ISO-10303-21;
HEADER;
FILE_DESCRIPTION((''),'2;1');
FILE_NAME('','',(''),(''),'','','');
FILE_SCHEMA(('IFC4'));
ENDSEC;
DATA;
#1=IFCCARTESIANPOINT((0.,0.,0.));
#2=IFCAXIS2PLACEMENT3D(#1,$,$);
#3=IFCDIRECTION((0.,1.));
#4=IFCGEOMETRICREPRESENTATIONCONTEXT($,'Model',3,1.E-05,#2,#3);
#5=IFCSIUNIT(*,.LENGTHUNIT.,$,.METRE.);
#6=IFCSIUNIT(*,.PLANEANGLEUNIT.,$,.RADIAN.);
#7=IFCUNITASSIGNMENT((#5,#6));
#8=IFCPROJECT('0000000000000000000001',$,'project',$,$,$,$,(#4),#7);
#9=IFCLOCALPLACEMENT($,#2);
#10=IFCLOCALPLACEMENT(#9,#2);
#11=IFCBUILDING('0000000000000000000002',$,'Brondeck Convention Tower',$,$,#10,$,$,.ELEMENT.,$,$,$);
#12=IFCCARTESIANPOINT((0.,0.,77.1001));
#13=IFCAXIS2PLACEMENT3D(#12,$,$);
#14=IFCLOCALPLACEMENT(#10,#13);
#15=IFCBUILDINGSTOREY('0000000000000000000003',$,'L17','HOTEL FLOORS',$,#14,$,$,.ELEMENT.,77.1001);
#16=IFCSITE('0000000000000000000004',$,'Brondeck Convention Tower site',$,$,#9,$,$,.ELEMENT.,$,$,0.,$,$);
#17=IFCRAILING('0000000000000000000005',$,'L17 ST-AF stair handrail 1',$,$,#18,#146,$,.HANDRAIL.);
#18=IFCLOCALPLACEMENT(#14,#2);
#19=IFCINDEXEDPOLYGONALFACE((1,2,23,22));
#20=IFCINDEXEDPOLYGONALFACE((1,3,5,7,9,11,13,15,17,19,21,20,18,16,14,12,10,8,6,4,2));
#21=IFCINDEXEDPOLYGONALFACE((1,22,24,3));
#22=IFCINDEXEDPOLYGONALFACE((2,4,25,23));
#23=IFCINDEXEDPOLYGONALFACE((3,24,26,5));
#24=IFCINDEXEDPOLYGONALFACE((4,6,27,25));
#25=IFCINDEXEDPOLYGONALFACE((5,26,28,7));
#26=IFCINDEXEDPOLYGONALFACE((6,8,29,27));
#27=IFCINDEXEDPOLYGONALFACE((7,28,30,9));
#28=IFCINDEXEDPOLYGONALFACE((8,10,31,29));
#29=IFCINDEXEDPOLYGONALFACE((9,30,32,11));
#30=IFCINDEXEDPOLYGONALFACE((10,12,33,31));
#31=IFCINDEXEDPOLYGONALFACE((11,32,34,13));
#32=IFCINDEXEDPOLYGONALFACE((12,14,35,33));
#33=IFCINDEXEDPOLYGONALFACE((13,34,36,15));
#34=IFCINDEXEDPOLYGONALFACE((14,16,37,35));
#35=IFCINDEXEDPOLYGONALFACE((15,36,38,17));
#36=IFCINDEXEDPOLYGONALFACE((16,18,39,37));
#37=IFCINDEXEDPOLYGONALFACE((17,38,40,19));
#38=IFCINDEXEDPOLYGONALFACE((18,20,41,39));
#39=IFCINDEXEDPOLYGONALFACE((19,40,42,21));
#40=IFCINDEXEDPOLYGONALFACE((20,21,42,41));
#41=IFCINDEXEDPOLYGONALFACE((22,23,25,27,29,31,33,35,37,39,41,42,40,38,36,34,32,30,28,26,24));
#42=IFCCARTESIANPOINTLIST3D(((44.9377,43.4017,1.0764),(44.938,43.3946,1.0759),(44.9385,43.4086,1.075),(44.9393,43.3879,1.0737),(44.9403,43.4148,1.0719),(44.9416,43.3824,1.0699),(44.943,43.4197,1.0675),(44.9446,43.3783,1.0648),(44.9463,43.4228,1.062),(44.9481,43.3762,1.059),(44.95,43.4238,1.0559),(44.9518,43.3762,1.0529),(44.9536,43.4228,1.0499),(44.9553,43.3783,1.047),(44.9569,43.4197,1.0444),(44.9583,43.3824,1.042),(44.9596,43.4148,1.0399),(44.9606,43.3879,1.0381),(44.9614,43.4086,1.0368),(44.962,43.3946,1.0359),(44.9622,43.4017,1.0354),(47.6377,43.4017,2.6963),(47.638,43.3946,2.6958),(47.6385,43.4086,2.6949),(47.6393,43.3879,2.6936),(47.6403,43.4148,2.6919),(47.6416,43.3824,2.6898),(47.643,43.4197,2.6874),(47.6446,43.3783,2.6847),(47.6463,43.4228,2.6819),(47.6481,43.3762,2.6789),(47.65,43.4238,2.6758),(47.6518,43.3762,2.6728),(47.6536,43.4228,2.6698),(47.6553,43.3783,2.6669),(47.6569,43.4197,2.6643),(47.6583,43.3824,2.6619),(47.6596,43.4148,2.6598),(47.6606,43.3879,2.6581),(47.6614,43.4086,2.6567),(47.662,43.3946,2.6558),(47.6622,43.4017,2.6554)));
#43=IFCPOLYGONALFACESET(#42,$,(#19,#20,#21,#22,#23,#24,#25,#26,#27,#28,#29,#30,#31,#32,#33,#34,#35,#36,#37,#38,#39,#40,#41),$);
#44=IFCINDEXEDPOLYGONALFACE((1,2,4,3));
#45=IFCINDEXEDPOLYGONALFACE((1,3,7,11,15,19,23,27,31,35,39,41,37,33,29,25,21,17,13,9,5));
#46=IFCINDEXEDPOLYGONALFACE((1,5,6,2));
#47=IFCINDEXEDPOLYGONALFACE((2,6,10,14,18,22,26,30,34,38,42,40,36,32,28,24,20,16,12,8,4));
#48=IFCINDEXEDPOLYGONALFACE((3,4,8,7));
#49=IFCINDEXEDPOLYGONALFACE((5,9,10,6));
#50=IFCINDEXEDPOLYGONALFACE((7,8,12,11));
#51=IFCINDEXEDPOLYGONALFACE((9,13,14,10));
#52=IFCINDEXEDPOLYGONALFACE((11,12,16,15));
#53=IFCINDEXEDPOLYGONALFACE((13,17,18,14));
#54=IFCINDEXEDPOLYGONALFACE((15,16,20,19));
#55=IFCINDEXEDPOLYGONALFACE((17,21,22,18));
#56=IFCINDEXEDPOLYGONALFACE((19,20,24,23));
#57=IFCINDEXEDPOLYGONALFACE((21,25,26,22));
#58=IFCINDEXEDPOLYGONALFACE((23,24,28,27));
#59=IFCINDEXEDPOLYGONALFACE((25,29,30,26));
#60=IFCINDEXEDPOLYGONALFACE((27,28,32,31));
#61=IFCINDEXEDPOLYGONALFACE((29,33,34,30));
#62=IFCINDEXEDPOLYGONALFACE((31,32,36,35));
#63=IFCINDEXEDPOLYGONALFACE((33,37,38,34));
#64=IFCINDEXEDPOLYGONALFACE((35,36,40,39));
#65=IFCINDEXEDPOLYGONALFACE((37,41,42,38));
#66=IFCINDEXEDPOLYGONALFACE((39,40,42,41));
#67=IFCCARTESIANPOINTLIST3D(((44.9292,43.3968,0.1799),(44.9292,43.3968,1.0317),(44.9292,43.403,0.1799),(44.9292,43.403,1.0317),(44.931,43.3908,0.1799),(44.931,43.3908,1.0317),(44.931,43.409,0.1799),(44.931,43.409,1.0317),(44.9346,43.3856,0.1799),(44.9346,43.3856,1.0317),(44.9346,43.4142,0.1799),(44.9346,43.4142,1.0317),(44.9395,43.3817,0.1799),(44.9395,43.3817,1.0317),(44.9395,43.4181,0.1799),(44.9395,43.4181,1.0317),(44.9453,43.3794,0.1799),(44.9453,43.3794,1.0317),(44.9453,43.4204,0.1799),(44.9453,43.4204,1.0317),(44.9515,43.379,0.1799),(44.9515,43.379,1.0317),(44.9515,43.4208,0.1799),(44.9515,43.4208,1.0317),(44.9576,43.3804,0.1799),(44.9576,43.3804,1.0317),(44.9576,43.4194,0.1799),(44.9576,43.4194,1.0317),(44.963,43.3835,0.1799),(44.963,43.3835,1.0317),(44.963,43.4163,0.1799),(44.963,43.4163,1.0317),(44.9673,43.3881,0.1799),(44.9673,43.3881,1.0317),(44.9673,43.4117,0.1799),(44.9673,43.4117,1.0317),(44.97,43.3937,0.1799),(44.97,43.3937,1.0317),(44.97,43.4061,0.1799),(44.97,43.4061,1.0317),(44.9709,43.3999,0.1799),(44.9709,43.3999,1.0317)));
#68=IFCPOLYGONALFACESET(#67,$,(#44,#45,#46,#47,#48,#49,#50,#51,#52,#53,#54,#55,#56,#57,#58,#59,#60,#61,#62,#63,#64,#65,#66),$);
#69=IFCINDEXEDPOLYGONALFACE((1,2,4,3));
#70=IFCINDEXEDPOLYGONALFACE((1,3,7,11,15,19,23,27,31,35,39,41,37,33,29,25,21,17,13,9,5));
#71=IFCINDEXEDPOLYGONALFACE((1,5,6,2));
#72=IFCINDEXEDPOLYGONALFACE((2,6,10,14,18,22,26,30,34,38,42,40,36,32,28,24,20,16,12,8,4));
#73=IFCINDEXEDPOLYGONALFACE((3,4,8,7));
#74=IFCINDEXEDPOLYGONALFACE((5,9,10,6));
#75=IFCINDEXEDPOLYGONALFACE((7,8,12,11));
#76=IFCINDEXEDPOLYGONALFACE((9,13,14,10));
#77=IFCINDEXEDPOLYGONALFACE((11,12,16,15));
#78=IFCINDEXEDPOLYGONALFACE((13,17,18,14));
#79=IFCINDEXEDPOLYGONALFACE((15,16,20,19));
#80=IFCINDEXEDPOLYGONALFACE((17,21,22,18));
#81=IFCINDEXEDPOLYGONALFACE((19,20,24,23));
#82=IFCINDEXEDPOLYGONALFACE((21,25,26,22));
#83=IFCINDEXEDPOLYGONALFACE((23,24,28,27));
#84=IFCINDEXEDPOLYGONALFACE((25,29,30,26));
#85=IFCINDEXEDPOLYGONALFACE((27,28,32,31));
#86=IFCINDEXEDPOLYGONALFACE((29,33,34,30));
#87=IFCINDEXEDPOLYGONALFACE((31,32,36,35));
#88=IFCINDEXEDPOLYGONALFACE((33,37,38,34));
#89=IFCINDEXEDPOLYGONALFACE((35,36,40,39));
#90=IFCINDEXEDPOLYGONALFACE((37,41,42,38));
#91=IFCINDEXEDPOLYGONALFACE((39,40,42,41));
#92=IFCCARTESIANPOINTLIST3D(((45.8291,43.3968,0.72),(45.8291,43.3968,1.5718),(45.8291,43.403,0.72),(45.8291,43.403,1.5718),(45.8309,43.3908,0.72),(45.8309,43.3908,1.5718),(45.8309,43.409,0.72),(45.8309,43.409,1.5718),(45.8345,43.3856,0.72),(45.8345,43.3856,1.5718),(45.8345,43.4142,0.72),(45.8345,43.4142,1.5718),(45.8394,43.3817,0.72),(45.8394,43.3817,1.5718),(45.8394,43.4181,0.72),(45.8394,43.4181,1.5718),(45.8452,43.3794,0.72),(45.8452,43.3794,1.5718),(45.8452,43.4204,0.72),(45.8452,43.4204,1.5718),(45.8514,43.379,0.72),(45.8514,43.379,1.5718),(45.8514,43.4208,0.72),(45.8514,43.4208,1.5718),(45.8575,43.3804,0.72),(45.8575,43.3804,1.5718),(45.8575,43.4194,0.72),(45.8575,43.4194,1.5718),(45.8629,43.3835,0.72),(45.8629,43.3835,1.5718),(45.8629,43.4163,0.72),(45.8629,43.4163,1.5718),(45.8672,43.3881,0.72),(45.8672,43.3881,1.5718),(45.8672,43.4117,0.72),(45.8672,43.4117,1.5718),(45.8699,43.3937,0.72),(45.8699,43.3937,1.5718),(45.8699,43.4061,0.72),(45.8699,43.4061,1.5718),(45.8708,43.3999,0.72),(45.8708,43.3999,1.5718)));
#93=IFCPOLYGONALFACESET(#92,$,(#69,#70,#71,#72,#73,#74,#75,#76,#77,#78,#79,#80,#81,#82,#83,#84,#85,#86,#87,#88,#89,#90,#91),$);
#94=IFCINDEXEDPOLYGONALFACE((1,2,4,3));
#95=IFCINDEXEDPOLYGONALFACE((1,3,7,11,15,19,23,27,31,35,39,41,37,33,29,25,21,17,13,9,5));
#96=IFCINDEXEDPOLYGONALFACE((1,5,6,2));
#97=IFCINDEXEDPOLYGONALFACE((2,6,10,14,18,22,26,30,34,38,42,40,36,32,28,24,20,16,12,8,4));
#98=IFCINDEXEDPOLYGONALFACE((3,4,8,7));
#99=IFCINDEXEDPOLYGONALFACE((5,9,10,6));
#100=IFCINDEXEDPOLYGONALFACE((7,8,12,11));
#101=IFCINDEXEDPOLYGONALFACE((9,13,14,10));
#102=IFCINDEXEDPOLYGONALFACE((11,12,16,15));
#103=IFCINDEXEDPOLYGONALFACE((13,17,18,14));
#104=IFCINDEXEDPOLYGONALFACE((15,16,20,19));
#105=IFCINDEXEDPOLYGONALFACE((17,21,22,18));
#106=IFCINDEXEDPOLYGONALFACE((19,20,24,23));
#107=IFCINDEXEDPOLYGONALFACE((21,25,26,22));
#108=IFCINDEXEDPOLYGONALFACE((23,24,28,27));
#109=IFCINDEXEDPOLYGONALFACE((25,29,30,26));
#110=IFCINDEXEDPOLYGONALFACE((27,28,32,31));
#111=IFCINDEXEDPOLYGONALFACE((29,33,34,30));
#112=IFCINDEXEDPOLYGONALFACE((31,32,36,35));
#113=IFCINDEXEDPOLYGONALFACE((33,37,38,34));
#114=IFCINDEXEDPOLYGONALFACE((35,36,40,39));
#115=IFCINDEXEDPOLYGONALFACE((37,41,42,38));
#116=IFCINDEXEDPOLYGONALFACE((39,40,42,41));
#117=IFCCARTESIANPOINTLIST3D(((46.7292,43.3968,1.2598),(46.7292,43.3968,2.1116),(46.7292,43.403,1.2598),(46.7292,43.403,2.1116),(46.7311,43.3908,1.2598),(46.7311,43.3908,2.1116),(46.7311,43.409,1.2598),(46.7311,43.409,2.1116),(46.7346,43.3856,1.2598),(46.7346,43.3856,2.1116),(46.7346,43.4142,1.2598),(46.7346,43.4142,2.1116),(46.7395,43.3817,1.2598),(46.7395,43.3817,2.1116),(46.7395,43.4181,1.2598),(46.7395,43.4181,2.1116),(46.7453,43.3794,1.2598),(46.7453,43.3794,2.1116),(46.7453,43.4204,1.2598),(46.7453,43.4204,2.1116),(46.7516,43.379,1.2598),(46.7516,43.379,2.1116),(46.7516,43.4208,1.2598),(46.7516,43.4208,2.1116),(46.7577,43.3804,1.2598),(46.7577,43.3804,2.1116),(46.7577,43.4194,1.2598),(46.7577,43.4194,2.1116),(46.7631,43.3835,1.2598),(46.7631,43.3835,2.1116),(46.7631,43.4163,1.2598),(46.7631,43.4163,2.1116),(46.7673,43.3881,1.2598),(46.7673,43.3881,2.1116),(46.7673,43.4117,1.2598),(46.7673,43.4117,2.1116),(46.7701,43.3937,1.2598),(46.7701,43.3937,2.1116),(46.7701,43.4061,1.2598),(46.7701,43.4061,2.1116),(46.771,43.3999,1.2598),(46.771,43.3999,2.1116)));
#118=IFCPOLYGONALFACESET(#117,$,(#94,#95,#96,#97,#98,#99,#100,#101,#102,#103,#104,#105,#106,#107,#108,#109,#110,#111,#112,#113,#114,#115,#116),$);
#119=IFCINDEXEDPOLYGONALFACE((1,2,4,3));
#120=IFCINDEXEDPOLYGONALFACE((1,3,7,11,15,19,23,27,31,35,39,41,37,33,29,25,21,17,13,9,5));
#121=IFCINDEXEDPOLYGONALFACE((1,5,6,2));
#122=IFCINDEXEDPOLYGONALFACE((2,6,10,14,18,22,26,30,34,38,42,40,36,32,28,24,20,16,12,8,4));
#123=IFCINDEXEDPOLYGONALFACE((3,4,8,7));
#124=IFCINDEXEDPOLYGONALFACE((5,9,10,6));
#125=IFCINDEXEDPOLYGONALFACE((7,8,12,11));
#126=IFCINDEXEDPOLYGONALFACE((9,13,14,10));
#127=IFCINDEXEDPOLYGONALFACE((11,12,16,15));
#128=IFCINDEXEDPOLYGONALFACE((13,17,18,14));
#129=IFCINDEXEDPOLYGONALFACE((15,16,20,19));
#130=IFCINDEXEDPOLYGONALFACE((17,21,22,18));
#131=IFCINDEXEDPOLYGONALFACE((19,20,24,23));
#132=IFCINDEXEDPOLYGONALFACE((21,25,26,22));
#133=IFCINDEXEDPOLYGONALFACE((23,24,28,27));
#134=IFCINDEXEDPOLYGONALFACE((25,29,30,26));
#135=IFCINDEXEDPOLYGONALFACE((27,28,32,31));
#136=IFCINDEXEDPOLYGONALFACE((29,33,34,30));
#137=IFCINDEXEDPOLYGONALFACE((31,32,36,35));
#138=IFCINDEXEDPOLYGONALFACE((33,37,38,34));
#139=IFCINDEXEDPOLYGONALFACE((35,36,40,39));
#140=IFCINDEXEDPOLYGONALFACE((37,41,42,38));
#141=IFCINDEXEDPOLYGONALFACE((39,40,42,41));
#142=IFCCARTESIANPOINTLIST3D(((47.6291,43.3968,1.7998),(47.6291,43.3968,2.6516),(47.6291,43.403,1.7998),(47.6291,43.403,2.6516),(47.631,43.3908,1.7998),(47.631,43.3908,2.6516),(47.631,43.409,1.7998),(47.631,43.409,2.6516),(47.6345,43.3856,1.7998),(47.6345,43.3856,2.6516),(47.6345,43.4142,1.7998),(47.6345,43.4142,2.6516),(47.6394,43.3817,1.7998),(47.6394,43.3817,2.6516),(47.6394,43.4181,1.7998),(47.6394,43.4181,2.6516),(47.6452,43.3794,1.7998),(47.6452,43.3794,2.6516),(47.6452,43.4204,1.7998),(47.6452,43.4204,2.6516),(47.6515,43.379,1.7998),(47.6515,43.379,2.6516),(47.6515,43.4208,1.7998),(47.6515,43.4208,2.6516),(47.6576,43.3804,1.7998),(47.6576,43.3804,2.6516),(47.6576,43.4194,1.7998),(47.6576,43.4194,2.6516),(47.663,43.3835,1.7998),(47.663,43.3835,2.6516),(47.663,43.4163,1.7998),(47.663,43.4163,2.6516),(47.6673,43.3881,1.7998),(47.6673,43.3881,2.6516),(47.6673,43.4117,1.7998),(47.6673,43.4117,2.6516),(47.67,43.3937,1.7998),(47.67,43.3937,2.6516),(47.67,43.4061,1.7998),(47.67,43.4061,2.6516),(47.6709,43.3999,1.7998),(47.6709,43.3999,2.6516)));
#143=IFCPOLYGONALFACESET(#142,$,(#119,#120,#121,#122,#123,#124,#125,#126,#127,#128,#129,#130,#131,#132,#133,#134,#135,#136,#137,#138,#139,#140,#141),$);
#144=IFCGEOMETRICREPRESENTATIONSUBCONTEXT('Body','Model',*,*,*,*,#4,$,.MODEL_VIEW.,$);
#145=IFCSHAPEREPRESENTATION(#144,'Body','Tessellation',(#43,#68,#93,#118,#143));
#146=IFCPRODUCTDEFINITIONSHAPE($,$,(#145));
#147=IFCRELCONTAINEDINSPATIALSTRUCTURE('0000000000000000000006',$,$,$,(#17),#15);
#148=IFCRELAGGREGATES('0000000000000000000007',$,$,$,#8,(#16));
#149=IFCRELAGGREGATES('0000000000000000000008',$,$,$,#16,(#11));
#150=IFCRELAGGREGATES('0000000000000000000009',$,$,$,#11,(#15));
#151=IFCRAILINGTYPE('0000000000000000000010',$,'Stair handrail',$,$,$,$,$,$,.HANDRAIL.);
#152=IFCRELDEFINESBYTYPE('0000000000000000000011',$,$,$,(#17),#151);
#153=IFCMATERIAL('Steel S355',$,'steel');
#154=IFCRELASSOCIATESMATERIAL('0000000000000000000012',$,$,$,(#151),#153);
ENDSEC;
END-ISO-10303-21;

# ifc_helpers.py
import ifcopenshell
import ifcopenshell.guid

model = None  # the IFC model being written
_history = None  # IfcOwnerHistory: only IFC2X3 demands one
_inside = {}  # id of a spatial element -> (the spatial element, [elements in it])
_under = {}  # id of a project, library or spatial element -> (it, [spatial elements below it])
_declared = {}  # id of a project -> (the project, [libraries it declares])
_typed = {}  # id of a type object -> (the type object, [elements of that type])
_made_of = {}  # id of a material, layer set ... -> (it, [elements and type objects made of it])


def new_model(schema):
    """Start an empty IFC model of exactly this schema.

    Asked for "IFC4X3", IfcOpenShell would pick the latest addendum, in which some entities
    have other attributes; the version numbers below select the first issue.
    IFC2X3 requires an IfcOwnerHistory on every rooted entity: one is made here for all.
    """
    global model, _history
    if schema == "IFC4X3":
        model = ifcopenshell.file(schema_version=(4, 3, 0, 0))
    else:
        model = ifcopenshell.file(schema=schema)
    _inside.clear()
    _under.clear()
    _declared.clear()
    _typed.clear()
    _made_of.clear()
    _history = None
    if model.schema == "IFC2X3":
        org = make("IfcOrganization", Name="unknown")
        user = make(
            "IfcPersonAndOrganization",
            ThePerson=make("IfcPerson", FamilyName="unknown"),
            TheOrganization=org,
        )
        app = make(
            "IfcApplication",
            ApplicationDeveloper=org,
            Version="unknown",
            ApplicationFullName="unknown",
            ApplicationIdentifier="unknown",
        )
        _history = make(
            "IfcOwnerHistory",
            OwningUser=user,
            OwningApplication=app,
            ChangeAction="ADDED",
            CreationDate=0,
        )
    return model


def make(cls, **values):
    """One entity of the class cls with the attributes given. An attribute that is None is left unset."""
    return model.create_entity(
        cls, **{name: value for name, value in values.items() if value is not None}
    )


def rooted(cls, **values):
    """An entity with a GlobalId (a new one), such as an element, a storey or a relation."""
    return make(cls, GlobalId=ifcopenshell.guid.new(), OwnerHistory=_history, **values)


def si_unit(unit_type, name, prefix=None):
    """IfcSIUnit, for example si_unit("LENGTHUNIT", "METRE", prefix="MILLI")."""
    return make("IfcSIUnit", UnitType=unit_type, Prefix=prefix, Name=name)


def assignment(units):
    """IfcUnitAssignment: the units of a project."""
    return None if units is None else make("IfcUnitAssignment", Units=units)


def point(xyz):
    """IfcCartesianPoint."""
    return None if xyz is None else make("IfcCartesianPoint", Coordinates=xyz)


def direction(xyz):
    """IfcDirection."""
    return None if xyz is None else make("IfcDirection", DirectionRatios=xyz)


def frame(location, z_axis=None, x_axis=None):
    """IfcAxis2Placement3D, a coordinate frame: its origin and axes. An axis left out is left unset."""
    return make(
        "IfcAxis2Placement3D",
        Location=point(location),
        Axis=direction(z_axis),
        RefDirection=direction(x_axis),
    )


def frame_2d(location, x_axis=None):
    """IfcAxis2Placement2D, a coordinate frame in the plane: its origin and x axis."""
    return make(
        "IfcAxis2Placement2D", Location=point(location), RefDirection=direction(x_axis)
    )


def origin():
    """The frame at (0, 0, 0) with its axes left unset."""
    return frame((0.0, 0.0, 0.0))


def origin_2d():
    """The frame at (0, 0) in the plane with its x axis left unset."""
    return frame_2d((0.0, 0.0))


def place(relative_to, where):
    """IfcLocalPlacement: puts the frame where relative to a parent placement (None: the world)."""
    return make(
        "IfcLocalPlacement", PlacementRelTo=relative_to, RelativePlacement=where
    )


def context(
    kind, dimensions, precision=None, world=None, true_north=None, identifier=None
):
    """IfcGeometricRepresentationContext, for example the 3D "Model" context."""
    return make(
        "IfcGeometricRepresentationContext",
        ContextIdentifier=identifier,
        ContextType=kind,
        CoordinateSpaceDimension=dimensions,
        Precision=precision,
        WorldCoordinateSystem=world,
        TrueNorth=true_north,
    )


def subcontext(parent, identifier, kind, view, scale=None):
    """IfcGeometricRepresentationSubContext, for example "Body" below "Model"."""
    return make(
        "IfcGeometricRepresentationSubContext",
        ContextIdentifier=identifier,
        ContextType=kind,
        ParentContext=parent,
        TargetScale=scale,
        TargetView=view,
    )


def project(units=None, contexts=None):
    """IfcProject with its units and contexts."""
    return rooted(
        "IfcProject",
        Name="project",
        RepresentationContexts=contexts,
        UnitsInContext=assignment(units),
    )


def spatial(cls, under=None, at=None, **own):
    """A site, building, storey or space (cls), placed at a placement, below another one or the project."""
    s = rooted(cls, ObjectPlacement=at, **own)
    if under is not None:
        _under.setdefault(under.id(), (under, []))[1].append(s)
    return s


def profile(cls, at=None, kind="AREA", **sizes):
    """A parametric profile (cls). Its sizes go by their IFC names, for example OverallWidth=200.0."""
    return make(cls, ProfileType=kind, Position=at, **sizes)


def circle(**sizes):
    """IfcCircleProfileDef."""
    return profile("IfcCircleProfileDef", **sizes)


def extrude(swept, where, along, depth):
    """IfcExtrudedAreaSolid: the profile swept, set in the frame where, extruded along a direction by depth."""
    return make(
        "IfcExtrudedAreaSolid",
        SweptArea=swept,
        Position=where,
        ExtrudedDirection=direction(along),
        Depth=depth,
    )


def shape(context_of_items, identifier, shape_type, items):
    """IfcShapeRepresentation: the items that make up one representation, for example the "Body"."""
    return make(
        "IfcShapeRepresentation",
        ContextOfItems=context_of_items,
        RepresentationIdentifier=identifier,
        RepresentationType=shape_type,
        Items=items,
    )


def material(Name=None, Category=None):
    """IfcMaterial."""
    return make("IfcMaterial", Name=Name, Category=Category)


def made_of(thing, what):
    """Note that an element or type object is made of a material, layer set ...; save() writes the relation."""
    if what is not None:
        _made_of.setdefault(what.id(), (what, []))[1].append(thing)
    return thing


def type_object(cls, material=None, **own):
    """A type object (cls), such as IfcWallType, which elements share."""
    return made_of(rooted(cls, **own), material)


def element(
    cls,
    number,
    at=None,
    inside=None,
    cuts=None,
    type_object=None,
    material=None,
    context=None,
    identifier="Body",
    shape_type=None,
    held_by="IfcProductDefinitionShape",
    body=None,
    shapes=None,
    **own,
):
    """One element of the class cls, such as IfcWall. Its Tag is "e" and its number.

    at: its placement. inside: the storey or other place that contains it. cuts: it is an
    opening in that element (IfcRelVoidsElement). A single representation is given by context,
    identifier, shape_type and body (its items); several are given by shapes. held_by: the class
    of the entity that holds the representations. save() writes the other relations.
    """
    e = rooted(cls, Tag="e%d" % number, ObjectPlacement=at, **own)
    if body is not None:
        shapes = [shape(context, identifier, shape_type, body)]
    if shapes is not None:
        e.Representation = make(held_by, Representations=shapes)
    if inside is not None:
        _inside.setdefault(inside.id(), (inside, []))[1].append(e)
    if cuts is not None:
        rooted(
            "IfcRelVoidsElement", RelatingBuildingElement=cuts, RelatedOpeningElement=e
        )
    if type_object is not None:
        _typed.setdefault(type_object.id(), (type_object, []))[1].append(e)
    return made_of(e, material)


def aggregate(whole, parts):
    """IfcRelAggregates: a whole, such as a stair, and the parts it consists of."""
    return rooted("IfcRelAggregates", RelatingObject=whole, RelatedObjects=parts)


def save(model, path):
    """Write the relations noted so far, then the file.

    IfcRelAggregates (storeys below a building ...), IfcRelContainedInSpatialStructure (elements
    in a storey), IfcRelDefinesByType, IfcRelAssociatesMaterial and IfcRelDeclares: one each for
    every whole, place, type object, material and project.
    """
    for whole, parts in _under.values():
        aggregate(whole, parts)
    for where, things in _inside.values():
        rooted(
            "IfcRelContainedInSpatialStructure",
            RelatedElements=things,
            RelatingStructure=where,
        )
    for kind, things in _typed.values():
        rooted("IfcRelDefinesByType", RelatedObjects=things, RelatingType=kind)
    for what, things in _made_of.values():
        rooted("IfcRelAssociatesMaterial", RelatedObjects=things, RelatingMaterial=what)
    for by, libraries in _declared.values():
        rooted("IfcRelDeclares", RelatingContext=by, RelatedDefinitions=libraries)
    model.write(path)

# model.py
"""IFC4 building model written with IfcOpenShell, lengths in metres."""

from ifc_helpers import new_model, si_unit, direction, frame, origin, origin_2d, place, context, subcontext, project, spatial, circle, extrude, material, type_object, element, save


model = new_model("IFC4")

# Units and contexts
model_context = context("Model", 3, precision=1e-05, world=origin(), true_north=direction((0.0, 1.0)))
body_context = subcontext(model_context, "Body", "Model", "MODEL_VIEW")
ifc_project = project(units=[si_unit("LENGTHUNIT", "METRE"), si_unit("PLANEANGLEUNIT", "RADIAN")], contexts=[model_context])

# Site, building, storey
site_placement = place(None, origin())
site = spatial("IfcSite", under=ifc_project, at=site_placement, Name="Brondeck Convention Tower site", CompositionType="ELEMENT", RefElevation=0.0)
building_placement = place(site_placement, origin())
building = spatial("IfcBuilding", under=site, at=building_placement, Name="Brondeck Convention Tower", CompositionType="ELEMENT")
storey_placement = place(building_placement, frame((0.0, 0.0, 77.1001)))
storey = spatial("IfcBuildingStorey", under=building, at=storey_placement, Name="L17", Description="HOTEL FLOORS", CompositionType="ELEMENT", Elevation=77.1001)

# Shared definitions
ifc_material_1 = material(Name="Steel S355", Category="steel")

# Railing
railing_type_1 = type_object("IfcRailingType", Name="Stair handrail", PredefinedType="HANDRAIL", material=ifc_material_1)
railing_1_placement = place(storey_placement, frame((44.95, 43.3999, 0.1799)))
element("IfcRailing", 1, at=railing_1_placement, inside=storey, type_object=railing_type_1, Name="L17 ST-AF stair handrail 1", PredefinedType="HANDRAIL", context=body_context, shape_type="SweptSolid", body=[
    extrude(circle(Radius=0.0239, at=origin_2d()), frame((0.0, 0.0, 0.876), z_axis=(0.857507, 0.0, 0.514473), x_axis=(0.0, 1.0, 0.0)), (0.0, 0.0, 1.0), 3.1487),
    extrude(circle(Radius=0.021, at=origin_2d()), origin(), (0.0, 0.0, 1.0), 0.8518),
    extrude(circle(Radius=0.021, at=origin_2d()), frame((0.8999, 0.0, 0.54)), (0.0, 0.0, 1.0), 0.8518),
    extrude(circle(Radius=0.021, at=origin_2d()), frame((1.8, 0.0, 1.0798)), (0.0, 0.0, 1.0), 0.8518),
    extrude(circle(Radius=0.021, at=origin_2d()), frame((2.7, 0.0, 1.6199)), (0.0, 0.0, 1.0), 0.8518),
])

save(model, "model.ifc")
